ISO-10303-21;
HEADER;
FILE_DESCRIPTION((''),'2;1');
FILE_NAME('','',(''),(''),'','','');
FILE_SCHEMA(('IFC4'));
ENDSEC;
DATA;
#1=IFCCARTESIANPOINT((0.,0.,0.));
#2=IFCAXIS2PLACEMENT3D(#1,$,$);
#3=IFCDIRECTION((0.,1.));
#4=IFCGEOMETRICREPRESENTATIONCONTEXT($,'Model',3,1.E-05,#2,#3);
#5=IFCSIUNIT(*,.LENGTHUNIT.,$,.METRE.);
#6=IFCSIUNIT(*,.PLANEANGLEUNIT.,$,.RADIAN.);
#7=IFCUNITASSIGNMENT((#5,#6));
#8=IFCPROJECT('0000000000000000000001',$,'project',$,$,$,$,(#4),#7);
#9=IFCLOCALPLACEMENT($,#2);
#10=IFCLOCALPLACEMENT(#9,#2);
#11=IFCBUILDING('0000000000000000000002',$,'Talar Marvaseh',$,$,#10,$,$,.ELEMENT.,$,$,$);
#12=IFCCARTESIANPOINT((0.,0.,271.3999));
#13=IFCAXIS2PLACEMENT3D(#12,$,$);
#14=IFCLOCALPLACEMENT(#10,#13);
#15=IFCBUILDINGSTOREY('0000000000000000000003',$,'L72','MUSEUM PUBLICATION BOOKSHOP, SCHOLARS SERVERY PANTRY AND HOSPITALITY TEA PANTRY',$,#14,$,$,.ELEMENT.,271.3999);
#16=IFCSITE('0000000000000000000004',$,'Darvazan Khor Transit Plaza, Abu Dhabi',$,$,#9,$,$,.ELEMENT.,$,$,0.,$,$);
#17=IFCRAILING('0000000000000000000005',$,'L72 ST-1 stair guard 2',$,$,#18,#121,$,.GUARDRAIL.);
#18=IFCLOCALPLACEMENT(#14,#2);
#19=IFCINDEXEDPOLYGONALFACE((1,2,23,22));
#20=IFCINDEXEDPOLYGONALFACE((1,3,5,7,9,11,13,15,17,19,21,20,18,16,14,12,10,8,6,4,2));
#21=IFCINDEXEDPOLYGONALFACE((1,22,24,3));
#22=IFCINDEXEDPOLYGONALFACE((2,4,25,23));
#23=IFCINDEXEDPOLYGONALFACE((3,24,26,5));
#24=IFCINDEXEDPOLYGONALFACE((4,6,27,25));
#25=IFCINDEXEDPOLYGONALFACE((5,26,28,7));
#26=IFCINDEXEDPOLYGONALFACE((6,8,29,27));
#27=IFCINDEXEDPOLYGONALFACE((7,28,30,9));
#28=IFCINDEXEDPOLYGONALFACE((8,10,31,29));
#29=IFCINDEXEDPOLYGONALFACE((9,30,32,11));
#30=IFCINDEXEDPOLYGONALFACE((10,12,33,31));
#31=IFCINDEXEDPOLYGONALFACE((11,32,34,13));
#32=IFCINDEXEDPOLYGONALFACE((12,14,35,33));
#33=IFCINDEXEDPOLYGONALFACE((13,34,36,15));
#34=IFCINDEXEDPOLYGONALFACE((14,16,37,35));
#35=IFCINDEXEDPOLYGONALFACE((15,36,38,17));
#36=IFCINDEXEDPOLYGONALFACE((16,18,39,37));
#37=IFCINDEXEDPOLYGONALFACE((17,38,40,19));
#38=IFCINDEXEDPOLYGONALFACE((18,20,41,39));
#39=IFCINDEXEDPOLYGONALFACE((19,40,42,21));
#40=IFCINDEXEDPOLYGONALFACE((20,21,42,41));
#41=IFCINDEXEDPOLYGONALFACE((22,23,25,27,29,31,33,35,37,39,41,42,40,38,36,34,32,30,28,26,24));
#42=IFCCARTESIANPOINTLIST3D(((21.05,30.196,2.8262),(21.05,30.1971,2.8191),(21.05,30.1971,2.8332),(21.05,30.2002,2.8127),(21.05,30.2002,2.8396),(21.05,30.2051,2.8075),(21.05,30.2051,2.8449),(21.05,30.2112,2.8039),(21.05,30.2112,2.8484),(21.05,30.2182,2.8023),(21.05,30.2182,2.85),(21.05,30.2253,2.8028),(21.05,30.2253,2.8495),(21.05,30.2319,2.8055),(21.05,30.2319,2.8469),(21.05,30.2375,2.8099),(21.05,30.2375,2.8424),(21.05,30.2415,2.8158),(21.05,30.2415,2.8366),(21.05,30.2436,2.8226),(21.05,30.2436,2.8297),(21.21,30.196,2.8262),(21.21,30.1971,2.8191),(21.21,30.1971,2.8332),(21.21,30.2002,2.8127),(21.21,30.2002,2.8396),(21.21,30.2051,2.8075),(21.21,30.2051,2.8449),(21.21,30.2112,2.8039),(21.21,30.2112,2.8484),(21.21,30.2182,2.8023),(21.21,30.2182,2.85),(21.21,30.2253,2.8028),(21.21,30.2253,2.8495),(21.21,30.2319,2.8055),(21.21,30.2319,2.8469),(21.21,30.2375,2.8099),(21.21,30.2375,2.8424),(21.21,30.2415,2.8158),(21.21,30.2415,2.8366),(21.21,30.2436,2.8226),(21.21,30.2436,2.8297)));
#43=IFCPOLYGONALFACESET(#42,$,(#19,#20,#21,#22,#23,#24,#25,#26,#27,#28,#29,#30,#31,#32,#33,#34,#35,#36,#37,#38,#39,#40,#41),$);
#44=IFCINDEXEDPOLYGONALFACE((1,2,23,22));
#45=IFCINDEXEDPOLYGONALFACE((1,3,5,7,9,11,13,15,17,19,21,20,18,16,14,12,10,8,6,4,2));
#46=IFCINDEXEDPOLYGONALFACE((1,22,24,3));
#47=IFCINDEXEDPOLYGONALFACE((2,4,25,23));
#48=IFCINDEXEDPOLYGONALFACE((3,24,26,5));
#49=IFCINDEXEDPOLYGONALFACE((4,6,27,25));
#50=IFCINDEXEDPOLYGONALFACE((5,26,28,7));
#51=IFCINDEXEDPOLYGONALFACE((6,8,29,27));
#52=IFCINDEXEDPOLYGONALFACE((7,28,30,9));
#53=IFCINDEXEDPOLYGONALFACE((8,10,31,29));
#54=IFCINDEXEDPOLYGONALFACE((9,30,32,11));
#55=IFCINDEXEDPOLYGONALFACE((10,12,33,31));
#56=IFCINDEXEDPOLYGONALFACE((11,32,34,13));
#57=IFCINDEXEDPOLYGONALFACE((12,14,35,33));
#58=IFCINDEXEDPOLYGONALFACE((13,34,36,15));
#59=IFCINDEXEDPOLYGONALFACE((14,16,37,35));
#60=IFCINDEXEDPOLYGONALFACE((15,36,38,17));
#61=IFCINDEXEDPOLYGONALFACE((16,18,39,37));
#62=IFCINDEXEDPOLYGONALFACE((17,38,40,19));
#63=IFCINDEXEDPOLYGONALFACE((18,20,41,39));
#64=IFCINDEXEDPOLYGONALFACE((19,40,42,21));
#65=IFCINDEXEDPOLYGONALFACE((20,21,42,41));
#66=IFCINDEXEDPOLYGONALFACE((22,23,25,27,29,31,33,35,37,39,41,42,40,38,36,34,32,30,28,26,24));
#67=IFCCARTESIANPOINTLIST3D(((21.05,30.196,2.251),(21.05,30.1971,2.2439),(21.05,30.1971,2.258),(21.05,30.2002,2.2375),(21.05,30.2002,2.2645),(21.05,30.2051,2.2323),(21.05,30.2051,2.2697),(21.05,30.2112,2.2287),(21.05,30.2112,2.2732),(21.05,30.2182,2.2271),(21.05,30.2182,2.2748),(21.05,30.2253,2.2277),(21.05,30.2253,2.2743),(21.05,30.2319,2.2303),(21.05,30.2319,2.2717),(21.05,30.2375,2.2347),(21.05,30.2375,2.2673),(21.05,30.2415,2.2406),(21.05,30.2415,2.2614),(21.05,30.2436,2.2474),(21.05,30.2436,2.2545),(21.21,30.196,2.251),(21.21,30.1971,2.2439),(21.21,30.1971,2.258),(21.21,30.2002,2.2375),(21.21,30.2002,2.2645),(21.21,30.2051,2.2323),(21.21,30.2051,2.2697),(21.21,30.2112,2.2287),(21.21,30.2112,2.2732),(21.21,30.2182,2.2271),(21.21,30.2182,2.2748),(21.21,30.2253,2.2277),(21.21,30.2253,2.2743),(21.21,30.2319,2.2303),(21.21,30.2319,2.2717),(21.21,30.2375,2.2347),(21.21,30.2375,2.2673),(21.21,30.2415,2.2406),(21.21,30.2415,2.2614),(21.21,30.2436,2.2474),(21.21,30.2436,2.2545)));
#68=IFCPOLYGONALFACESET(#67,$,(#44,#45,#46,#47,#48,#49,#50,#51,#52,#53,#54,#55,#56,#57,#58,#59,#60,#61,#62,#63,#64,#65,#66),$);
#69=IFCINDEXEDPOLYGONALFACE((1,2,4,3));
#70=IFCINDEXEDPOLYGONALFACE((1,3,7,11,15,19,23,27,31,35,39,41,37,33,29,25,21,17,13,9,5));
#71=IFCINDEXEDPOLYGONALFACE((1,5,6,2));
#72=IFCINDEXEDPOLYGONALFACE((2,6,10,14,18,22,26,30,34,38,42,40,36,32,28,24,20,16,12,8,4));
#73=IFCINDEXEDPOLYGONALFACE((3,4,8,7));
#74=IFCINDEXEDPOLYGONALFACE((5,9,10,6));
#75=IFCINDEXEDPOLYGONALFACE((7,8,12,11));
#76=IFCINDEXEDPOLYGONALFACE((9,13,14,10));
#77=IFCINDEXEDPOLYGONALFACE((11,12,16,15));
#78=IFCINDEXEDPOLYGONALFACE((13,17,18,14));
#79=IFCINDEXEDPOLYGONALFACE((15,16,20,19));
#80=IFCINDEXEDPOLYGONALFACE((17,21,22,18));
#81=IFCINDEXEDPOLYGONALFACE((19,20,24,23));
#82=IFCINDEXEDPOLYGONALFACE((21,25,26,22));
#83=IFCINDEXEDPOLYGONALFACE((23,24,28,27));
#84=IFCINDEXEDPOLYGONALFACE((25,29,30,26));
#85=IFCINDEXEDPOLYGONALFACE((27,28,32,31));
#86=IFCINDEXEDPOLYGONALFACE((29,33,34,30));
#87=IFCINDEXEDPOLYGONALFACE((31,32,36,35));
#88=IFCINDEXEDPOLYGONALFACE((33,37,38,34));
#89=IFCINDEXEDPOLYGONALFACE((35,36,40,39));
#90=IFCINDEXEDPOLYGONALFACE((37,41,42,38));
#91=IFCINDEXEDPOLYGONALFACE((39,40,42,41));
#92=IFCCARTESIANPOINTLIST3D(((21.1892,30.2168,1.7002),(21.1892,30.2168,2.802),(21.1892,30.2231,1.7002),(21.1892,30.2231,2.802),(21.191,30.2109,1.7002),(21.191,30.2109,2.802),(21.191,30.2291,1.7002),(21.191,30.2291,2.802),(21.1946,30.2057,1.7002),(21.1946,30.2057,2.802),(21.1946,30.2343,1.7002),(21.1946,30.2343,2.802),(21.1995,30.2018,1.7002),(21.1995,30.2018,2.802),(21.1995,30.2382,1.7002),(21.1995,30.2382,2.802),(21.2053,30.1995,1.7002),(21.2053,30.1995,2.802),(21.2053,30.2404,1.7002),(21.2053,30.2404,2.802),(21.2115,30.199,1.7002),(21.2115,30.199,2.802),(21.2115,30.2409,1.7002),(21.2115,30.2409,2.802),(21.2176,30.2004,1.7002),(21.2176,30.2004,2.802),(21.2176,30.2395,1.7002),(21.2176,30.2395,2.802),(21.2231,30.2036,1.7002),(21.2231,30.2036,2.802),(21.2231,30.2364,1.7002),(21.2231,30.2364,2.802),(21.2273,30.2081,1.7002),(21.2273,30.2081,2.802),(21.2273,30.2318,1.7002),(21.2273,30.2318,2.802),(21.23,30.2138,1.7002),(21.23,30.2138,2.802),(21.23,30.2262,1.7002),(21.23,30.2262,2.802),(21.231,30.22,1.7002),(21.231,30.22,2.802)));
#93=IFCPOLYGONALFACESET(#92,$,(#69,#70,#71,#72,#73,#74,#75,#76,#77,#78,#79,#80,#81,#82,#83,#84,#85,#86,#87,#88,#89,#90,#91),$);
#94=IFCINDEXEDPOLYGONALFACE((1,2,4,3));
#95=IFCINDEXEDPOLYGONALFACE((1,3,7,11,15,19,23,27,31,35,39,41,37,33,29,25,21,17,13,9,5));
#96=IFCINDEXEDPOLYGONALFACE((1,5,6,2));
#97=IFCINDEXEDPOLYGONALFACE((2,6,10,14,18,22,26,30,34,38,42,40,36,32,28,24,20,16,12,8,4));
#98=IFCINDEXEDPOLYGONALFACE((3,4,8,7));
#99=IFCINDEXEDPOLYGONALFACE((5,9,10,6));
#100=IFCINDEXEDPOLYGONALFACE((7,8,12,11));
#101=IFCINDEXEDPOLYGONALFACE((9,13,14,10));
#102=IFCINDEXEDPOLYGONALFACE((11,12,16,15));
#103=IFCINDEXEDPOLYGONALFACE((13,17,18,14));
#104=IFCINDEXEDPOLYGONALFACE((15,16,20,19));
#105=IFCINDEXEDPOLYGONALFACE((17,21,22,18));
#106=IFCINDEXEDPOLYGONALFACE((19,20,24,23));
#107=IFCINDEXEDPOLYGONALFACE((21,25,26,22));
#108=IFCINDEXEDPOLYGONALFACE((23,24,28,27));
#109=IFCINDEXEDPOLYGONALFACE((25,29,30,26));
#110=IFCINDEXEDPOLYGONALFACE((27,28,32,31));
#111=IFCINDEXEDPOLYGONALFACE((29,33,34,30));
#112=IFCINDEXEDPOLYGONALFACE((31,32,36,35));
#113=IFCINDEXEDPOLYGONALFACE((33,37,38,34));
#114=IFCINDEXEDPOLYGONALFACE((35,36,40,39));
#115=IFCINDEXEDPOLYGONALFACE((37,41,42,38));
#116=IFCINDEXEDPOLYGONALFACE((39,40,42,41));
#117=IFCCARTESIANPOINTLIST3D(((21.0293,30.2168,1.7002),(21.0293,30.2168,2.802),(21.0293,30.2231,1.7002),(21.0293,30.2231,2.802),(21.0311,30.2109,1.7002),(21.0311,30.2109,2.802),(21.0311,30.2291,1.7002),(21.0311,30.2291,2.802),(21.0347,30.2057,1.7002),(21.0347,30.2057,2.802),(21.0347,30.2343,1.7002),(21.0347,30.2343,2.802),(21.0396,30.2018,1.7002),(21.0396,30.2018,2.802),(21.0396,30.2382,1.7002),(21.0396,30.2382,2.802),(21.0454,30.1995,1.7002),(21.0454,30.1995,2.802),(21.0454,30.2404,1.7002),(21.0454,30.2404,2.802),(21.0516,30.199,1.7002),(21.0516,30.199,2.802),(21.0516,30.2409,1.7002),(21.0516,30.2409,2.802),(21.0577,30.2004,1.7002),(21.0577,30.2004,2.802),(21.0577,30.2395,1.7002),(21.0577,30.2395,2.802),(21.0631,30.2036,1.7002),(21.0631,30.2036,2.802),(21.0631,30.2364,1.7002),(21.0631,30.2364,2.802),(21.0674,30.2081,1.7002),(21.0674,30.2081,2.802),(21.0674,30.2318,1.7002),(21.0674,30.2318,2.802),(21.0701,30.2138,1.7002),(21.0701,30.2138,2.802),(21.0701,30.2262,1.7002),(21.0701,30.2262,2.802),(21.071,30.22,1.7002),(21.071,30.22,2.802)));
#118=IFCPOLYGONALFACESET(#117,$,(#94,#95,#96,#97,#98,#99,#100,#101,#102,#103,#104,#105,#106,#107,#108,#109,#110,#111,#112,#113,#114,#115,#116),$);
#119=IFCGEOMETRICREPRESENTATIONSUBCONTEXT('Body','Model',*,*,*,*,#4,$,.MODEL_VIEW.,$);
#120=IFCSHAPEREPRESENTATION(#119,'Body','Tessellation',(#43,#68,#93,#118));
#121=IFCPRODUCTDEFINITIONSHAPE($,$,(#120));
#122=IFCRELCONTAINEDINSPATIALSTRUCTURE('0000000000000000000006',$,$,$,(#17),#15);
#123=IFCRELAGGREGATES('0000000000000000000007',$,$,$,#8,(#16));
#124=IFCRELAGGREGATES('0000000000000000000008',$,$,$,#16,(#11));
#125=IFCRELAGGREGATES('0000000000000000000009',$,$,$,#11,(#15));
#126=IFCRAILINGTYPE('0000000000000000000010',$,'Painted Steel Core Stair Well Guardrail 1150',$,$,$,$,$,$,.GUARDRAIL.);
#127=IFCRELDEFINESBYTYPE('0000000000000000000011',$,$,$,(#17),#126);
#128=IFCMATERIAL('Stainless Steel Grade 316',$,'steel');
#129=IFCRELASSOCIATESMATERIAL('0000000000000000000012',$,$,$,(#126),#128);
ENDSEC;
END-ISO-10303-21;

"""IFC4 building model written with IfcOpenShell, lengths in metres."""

from ifc_helpers import new_model, si_unit, direction, frame, origin, origin_2d, place, context, subcontext, project, spatial, circle, extrude, material, type_object, element, save


model = new_model("IFC4")

# Units and contexts
model_context = context("Model", 3, precision=1e-05, world=origin(), true_north=direction((0.0, 1.0)))
body_context = subcontext(model_context, "Body", "Model", "MODEL_VIEW")
ifc_project = project(units=[si_unit("LENGTHUNIT", "METRE"), si_unit("PLANEANGLEUNIT", "RADIAN")], contexts=[model_context])

# Site, building, storey
site_placement = place(None, origin())
site = spatial("IfcSite", under=ifc_project, at=site_placement, Name="Darvazan Khor Transit Plaza, Abu Dhabi", CompositionType="ELEMENT", RefElevation=0.0)
building_placement = place(site_placement, origin())
building = spatial("IfcBuilding", under=site, at=building_placement, Name="Talar Marvaseh", CompositionType="ELEMENT")
storey_placement = place(building_placement, frame((0.0, 0.0, 271.3999)))
storey = spatial("IfcBuildingStorey", under=building, at=storey_placement, Name="L72", Description="MUSEUM PUBLICATION BOOKSHOP, SCHOLARS SERVERY PANTRY AND HOSPITALITY TEA PANTRY", CompositionType="ELEMENT", Elevation=271.3999)

# Railing
ifc_material_1 = material(Name="Stainless Steel Grade 316", Category="steel")
railing_type_1 = type_object("IfcRailingType", Name="Painted Steel Core Stair Well Guardrail 1150", PredefinedType="GUARDRAIL", material=ifc_material_1)
railing_1_placement = place(storey_placement, frame((21.21, 30.22, 1.7002)))
element("IfcRailing", 1, at=railing_1_placement, inside=storey, type_object=railing_type_1, Name="L72 ST-1 stair guard 2", PredefinedType="GUARDRAIL", context=body_context, shape_type="SweptSolid", body=[
    extrude(circle(Radius=0.0239, at=origin_2d()), frame((0.0, 0.0, 1.126), z_axis=(-1.0, 0.0, 0.0), x_axis=(0.0, -1.0, 0.0)), (0.0, 0.0, 1.0), 0.1599),
    extrude(circle(Radius=0.0239, at=origin_2d()), frame((0.0, 0.0, 0.5508), z_axis=(-1.0, 0.0, 0.0), x_axis=(0.0, -1.0, 0.0)), (0.0, 0.0, 1.0), 0.1599),
    extrude(circle(Radius=0.021, at=origin_2d()), origin(), (0.0, 0.0, 1.0), 1.1018),
    extrude(circle(Radius=0.021, at=origin_2d()), frame((-0.1599, 0.0, 0.0)), (0.0, 0.0, 1.0), 1.1018),
])

save(model, "model.ifc")
